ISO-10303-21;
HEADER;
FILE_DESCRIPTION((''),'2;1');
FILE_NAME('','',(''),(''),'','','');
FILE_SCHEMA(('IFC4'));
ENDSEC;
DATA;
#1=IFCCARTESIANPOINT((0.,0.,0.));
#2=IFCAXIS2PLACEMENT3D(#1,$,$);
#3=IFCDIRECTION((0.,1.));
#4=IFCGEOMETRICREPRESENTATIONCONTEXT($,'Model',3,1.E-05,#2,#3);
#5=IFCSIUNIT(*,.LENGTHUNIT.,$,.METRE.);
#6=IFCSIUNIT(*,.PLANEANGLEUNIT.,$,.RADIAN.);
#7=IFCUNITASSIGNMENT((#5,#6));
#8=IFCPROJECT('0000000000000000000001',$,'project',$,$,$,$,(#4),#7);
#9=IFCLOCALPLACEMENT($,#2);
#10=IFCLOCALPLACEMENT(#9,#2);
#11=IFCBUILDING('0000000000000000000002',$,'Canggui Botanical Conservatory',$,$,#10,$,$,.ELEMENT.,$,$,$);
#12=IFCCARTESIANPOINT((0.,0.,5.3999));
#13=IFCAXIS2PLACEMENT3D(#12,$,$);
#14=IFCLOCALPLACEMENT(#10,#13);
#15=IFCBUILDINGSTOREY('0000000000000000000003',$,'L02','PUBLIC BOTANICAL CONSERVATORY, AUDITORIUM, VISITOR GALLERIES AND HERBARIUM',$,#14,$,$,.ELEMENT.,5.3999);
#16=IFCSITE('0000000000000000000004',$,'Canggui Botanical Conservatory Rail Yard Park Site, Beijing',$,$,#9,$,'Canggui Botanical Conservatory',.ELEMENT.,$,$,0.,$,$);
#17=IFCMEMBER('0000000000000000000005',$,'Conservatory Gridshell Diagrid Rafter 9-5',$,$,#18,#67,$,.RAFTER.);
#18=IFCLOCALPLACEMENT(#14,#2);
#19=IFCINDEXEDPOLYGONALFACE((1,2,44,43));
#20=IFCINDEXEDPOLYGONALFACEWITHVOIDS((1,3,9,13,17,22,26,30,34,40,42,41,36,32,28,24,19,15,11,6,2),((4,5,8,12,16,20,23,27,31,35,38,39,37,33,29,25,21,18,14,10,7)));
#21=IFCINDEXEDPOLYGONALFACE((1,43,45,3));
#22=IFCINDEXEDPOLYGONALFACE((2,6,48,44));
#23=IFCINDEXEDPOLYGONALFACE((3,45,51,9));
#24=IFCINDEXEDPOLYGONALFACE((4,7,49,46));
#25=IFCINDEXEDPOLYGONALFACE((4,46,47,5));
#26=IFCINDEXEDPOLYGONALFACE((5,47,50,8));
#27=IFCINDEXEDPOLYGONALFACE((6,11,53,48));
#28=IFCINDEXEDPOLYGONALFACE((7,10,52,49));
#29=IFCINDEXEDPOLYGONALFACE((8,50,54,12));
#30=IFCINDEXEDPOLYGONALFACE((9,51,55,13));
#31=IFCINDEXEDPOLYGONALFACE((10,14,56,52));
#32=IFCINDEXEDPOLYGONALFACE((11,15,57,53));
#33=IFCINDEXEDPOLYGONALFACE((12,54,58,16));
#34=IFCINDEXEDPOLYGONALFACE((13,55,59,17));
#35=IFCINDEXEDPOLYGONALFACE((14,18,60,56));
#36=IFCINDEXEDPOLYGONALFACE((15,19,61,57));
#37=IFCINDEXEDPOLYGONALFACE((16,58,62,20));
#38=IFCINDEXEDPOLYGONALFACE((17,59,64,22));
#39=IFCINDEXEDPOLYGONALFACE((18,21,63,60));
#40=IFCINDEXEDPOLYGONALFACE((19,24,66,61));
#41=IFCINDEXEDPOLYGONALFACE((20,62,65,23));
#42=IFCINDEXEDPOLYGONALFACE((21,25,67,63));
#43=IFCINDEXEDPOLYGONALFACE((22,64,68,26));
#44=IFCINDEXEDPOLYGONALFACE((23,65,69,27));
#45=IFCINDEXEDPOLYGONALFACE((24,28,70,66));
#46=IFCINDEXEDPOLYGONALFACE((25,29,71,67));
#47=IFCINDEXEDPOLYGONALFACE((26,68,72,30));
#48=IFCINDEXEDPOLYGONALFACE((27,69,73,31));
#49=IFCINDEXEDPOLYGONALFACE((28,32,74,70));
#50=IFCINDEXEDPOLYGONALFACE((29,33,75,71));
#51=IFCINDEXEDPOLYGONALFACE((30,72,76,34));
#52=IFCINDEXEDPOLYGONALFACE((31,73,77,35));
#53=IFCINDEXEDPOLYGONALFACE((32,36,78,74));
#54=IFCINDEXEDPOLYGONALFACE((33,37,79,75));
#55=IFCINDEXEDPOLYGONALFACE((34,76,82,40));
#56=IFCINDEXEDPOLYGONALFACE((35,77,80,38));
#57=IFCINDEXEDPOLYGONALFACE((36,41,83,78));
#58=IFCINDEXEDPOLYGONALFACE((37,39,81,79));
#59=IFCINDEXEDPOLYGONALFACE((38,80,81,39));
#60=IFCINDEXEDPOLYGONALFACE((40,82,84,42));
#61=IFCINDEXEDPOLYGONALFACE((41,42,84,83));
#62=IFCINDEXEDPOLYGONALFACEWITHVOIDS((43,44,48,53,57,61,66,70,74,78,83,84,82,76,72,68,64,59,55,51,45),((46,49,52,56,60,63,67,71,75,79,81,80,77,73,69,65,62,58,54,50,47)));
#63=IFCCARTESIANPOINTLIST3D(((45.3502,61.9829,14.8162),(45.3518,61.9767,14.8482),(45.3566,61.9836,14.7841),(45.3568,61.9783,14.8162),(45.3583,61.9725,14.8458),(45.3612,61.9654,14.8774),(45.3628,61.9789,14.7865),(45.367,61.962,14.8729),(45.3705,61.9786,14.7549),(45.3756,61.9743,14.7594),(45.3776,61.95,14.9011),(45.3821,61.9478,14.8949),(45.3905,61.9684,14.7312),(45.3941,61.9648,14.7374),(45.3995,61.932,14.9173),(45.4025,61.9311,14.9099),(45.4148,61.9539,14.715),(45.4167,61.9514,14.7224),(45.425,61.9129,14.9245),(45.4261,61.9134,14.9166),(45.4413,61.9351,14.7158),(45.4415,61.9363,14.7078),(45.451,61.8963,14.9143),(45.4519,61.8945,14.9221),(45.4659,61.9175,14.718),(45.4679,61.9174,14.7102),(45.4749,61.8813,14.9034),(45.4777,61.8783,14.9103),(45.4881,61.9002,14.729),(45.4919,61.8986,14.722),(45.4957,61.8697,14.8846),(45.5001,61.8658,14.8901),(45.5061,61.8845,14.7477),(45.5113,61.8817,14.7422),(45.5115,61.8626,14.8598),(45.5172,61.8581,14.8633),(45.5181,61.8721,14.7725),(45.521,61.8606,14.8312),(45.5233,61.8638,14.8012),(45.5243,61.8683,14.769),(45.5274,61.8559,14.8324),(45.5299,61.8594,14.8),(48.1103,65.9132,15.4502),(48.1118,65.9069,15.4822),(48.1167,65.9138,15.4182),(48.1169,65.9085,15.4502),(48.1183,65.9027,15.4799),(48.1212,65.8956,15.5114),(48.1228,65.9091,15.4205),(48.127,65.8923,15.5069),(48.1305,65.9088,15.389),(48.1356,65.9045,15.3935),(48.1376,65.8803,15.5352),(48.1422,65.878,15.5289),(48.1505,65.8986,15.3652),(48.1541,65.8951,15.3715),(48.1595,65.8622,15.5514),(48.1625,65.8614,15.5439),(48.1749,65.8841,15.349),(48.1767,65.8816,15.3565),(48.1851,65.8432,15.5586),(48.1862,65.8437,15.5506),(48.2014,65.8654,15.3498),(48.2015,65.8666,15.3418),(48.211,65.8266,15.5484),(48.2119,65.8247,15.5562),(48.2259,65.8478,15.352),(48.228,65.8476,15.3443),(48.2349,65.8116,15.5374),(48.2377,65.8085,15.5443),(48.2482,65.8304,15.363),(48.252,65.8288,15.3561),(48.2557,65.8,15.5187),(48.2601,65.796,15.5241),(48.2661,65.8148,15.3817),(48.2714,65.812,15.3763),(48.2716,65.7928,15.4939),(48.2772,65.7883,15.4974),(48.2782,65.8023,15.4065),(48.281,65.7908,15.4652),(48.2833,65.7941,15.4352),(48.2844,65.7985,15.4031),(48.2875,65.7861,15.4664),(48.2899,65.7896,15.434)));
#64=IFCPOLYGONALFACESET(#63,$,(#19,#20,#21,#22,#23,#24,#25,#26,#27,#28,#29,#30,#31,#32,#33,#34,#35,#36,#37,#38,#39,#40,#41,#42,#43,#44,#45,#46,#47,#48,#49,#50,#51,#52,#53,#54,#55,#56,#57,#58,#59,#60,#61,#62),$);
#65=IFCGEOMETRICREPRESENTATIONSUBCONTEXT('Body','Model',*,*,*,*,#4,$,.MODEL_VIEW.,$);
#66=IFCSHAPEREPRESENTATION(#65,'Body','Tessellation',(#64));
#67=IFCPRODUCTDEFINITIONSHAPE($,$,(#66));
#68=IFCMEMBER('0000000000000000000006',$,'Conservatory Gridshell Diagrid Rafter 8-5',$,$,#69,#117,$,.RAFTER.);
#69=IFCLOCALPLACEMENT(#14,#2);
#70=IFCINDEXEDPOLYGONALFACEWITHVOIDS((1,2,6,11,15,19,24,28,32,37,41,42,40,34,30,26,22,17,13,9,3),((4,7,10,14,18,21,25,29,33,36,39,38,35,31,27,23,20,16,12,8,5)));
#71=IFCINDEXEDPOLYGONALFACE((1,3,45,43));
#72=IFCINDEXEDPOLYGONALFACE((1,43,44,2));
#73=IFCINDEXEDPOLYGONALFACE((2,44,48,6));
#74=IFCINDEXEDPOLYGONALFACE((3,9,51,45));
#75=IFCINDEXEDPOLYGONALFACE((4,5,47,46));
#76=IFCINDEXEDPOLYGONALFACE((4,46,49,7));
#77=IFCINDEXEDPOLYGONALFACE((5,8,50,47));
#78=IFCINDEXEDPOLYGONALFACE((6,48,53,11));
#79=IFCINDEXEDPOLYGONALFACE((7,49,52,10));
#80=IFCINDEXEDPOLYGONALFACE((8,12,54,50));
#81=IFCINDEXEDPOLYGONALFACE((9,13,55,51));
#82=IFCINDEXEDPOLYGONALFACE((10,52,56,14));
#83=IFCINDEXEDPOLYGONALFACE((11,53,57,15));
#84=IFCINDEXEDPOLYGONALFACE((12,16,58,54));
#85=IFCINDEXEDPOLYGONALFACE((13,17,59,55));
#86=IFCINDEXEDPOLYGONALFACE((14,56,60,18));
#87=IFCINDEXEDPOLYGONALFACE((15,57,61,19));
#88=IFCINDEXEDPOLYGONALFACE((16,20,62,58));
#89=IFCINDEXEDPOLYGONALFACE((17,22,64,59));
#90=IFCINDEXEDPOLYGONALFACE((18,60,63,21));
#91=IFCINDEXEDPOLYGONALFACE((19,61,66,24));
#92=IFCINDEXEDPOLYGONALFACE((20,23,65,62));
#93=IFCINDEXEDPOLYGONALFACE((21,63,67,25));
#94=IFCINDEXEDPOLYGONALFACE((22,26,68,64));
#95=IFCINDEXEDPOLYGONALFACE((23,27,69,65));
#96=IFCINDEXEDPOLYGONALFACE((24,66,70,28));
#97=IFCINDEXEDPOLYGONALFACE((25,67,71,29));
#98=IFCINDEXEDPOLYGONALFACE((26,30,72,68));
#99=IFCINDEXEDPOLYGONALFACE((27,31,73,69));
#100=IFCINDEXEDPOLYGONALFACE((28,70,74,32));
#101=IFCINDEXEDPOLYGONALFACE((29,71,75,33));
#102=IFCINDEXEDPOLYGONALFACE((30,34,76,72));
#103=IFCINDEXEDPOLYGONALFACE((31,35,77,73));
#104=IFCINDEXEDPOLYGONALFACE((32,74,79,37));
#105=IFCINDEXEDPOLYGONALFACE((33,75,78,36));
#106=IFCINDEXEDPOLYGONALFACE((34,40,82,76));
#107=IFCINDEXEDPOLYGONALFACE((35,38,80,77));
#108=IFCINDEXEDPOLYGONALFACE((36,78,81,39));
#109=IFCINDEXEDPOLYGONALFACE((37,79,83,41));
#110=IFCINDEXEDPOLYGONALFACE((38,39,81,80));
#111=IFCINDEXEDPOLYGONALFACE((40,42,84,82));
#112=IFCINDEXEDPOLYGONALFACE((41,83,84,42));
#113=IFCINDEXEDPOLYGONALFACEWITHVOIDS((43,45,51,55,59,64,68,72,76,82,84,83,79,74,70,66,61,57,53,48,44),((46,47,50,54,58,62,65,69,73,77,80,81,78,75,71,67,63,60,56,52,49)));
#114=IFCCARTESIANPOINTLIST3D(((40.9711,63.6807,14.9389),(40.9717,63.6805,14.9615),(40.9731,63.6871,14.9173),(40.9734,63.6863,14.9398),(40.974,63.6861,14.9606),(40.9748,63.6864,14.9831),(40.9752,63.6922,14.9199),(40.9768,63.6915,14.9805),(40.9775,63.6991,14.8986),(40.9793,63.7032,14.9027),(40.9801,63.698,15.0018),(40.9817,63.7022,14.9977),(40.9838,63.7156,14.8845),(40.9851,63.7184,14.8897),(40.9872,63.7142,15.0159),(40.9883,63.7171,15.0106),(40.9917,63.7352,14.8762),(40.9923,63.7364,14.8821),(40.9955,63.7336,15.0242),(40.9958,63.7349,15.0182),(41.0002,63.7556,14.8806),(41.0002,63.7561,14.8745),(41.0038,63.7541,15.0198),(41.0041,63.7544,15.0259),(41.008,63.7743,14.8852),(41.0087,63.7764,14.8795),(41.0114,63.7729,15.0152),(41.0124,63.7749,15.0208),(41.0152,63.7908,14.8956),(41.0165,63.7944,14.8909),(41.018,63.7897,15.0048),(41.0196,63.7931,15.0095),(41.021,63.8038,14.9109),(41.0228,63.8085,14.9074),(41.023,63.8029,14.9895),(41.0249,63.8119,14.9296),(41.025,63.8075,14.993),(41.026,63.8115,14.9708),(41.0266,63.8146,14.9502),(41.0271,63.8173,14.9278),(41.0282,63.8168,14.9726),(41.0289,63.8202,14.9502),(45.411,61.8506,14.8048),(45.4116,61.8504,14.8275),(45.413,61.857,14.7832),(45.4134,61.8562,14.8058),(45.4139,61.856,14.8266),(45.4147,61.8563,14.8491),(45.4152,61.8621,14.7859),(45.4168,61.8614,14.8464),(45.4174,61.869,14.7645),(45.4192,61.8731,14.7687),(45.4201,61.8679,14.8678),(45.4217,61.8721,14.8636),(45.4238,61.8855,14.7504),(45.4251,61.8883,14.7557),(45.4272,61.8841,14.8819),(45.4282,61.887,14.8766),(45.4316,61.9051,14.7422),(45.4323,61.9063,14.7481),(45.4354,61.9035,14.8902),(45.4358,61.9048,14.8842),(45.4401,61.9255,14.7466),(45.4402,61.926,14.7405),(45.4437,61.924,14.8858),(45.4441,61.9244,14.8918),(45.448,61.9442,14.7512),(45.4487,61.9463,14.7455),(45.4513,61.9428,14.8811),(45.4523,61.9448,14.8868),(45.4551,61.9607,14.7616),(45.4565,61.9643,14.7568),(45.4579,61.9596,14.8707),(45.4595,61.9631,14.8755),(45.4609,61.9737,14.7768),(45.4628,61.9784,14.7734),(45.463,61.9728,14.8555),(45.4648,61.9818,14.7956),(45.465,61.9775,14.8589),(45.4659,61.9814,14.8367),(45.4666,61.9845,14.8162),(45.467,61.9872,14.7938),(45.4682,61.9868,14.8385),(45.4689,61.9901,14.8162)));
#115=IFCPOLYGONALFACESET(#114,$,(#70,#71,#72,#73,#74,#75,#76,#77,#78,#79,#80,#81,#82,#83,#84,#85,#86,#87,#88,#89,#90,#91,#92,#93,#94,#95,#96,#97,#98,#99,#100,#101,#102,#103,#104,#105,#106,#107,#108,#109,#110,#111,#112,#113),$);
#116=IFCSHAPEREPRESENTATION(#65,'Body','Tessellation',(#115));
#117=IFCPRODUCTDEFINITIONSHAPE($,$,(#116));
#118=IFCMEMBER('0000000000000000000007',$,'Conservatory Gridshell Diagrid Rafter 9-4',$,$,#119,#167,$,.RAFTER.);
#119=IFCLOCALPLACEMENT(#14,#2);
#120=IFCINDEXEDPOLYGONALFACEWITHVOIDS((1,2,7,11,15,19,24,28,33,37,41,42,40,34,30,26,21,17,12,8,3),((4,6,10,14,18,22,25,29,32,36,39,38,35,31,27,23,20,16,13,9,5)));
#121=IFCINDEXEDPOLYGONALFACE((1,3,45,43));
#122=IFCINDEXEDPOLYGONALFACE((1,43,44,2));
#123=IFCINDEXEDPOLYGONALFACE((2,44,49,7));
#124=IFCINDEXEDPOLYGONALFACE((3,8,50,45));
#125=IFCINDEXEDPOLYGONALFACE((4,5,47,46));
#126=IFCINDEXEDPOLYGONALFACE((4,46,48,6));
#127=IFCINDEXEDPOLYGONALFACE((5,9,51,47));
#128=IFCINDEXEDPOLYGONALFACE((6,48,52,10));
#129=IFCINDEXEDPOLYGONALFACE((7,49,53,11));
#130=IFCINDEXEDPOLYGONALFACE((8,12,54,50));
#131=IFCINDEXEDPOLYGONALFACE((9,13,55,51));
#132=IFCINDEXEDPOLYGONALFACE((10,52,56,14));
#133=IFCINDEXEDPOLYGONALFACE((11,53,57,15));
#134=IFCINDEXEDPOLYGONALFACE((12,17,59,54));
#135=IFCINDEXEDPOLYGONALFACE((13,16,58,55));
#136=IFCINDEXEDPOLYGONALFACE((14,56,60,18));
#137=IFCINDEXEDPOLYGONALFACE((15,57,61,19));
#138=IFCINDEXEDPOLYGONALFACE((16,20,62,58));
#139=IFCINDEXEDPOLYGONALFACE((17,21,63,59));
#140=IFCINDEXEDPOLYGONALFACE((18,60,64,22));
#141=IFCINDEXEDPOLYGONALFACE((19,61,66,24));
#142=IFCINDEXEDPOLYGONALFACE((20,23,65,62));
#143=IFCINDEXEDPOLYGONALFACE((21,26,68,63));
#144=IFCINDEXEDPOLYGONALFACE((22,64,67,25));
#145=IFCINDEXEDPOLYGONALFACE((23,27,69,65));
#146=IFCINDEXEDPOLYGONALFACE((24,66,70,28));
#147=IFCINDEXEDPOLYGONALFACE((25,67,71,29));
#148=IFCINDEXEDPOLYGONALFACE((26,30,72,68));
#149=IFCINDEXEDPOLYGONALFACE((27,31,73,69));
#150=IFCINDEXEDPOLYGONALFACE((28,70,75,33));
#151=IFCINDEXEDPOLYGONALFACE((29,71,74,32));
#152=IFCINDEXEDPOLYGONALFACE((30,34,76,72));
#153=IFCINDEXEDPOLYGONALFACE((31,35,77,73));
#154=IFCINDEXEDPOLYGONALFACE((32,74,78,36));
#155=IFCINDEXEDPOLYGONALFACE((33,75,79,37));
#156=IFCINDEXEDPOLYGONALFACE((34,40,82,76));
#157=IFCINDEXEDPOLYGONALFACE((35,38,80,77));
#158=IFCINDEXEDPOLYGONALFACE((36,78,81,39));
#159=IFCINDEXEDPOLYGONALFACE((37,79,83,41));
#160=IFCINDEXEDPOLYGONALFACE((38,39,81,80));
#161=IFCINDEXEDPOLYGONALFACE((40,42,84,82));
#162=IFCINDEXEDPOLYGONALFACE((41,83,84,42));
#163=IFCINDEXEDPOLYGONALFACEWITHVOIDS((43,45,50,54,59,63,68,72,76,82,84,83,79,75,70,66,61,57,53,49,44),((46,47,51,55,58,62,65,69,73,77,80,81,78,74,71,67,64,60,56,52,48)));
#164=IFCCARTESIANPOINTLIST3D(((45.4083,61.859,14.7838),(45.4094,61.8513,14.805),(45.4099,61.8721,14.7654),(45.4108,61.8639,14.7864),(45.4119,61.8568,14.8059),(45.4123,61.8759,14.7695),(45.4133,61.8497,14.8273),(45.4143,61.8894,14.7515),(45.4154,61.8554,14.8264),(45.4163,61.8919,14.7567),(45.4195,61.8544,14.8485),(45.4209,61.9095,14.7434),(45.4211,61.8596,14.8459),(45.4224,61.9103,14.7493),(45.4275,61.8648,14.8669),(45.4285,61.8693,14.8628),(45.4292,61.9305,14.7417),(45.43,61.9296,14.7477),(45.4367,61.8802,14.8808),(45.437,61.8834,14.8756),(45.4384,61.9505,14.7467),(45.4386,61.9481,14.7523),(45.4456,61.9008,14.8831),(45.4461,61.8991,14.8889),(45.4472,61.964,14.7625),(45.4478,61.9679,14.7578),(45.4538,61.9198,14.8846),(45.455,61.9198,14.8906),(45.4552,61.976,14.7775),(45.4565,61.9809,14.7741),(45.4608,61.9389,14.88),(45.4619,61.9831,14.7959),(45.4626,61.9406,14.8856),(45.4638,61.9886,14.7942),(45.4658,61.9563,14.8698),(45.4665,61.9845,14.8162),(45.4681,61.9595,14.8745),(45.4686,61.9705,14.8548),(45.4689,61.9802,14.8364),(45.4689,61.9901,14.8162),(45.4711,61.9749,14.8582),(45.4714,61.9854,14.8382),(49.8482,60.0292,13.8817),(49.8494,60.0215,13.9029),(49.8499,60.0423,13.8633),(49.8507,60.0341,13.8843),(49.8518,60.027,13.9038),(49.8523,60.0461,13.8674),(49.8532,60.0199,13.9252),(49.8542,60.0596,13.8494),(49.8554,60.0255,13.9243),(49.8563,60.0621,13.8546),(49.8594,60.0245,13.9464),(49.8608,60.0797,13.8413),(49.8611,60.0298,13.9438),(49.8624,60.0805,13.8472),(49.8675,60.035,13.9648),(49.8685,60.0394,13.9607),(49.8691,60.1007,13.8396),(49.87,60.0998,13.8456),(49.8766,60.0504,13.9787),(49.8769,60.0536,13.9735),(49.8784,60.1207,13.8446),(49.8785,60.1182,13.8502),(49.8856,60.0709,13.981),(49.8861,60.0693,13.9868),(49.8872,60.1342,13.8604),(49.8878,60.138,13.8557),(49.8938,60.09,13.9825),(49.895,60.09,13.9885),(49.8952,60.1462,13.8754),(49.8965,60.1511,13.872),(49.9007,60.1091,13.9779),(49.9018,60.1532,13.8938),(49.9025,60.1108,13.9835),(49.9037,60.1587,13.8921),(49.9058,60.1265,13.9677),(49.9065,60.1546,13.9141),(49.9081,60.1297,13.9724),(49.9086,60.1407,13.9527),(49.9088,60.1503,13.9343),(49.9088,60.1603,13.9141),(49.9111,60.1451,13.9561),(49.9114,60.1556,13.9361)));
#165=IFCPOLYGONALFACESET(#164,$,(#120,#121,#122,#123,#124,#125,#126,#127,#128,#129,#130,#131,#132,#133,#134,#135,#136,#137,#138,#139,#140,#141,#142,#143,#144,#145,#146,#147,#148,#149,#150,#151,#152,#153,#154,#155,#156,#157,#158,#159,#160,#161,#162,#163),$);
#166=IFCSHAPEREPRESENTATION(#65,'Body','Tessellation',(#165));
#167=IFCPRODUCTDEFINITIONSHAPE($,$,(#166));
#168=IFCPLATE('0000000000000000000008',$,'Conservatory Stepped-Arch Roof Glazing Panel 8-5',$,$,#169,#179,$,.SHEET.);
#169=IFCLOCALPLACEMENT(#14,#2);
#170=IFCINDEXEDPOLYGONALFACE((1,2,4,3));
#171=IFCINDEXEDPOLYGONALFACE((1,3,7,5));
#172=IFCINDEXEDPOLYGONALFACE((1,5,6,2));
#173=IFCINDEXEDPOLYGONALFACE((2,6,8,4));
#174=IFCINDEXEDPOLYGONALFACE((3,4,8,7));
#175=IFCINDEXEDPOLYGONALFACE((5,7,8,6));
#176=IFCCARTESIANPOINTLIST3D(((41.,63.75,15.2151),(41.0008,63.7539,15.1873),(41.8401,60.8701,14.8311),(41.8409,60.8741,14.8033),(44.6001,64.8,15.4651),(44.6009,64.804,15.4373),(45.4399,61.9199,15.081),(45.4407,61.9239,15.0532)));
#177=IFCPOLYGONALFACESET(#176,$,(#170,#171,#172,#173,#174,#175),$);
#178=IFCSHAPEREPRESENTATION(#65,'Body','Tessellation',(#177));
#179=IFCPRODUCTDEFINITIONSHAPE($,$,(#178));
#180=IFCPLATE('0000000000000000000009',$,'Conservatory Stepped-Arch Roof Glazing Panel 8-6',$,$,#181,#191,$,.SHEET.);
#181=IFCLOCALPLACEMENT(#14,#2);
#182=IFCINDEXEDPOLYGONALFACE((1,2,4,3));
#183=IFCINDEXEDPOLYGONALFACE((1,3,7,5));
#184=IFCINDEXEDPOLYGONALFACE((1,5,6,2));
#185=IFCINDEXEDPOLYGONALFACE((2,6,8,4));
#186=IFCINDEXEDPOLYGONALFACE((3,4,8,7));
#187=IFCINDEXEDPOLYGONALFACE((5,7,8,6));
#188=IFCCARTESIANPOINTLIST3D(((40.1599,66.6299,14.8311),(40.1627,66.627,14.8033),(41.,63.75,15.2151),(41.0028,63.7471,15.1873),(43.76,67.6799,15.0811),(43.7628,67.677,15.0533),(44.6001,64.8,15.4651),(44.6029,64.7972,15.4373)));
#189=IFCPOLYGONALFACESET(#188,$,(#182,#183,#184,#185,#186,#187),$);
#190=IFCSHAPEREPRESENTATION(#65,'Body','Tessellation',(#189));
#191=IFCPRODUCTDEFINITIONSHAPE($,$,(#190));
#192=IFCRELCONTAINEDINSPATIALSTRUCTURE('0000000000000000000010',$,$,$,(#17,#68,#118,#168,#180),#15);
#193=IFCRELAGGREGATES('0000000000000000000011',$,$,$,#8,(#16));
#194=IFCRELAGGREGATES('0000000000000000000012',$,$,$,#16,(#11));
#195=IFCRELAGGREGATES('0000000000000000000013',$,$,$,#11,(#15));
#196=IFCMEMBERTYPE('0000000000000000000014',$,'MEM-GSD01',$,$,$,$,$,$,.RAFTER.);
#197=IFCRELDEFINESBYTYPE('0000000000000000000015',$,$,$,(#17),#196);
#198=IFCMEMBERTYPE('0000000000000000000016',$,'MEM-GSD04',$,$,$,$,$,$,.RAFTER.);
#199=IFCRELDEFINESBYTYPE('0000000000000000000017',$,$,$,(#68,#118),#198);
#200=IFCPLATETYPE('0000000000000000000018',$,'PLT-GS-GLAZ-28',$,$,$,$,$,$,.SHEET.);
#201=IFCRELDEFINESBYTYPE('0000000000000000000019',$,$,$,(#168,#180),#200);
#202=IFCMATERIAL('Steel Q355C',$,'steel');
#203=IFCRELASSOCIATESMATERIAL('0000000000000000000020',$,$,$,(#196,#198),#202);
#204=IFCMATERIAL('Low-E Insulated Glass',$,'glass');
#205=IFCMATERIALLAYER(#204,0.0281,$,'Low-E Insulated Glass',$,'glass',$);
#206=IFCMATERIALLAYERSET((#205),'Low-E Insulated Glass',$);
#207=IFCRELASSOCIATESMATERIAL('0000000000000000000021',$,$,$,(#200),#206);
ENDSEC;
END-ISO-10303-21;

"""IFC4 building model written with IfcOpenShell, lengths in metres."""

from ifc_helpers import new_model, si_unit, direction, frame, origin, origin_2d, place, context, subcontext, project, spatial, polyline, hollow_circle, outline, extrude, material, layer, layer_set, material_profile, profile_set, type_object, element, save


model = new_model("IFC4")

# Units and contexts
model_context = context("Model", 3, precision=1e-05, world=origin(), true_north=direction((0.0, 1.0)))
body_context = subcontext(model_context, "Body", "Model", "MODEL_VIEW")
ifc_project = project(units=[si_unit("LENGTHUNIT", "METRE"), si_unit("PLANEANGLEUNIT", "RADIAN")], contexts=[model_context])

# Site, building, storey
site_placement = place(None, origin())
site = spatial("IfcSite", under=ifc_project, at=site_placement, Name="Canggui Botanical Conservatory Rail Yard Park Site, Beijing", LongName="Canggui Botanical Conservatory", CompositionType="ELEMENT", RefElevation=0.0)
building_placement = place(site_placement, origin())
building = spatial("IfcBuilding", under=site, at=building_placement, Name="Canggui Botanical Conservatory", CompositionType="ELEMENT")
storey_placement = place(building_placement, frame((0.0, 0.0, 5.3999)))
storey = spatial("IfcBuildingStorey", under=building, at=storey_placement, Name="L02", Description="PUBLIC BOTANICAL CONSERVATORY, AUDITORIUM, VISITOR GALLERIES AND HERBARIUM", CompositionType="ELEMENT", Elevation=5.3999)

# Shared definitions
ifc_material_1 = material(Name="Steel Q355C", Category="steel")

# Members
ifc_material_profile_1 = material_profile(ifc_material_1, hollow_circle(Radius=0.1096, WallThickness=0.0081, at=origin_2d()), Name="CHS 219x8")
ifc_profile_set_1 = profile_set([ifc_material_profile_1], Name="Steel Q355C")
member_type_1 = type_object("IfcMemberType", Name="MEM-GSD01", PredefinedType="RAFTER", material=ifc_profile_set_1)
member_1_placement = place(storey_placement, frame((45.4399, 61.9199, 14.8162), z_axis=(0.56976, 0.811322, 0.130886), x_axis=(-0.818362, 0.574704, 0.0)))
element("IfcMember", 1, at=member_1_placement, inside=storey, type_object=member_type_1, Name="Conservatory Gridshell Diagrid Rafter 9-5", PredefinedType="RAFTER", context=body_context, shape_type="SweptSolid", body=[
    extrude(hollow_circle(Radius=0.1096, WallThickness=0.0081, at=origin_2d()), origin(), (0.0, 0.0, 1.0), 4.8442),
])
ifc_material_profile_2 = material_profile(ifc_material_1, hollow_circle(Radius=0.0759, WallThickness=0.0061, at=origin_2d()), Name="CHS 152x6")
ifc_profile_set_2 = profile_set([ifc_material_profile_2], Name="Steel Q355C")
member_type_2 = type_object("IfcMemberType", Name="MEM-GSD04", PredefinedType="RAFTER", material=ifc_profile_set_2)
member_2_placement = place(storey_placement, frame((41.0, 63.75, 14.9502), z_axis=(0.924181, -0.380934, -0.027899), x_axis=(0.381082, 0.924541, 0.0)))
element("IfcMember", 2, at=member_2_placement, inside=storey, type_object=member_type_2, Name="Conservatory Gridshell Diagrid Rafter 8-5", PredefinedType="RAFTER", context=body_context, shape_type="SweptSolid", body=[
    extrude(hollow_circle(Radius=0.0759, WallThickness=0.0061, at=origin_2d()), origin(), (0.0, 0.0, 1.0), 4.8042),
])
member_3_placement = place(storey_placement, frame((45.4399, 61.9199, 14.8162), z_axis=(0.908666, -0.374489, -0.184621), x_axis=(0.381039, 0.924559, 0.0)))
element("IfcMember", 3, at=member_3_placement, inside=storey, type_object=member_type_2, Name="Conservatory Gridshell Diagrid Rafter 9-4", PredefinedType="RAFTER", context=body_context, shape_type="SweptSolid", body=[
    extrude(hollow_circle(Radius=0.0759, WallThickness=0.0061, at=origin_2d()), origin(), (0.0, 0.0, 1.0), 4.8862),
])

# Plates
ifc_material_2 = material(Name="Low-E Insulated Glass", Category="glass")
ifc_layer = layer(ifc_material_2, 0.0281, Name="Low-E Insulated Glass", Category="glass")
ifc_layer_set = layer_set([ifc_layer], Name="Low-E Insulated Glass")
plate_type = type_object("IfcPlateType", Name="PLT-GS-GLAZ-28", PredefinedType="SHEET", material=ifc_layer_set)
plate_1_placement = place(storey_placement, frame((41.8401, 60.8701, 14.8311), z_axis=(-0.027871, -0.140106, 0.989744), x_axis=(0.957885, 0.279343, 0.066517)))
element("IfcPlate", 4, at=plate_1_placement, inside=storey, type_object=plate_type, Name="Conservatory Stepped-Arch Roof Glazing Panel 8-5", PredefinedType="SHEET", context=body_context, shape_type="SweptSolid", body=[
    extrude(outline(polyline([(0.0, 0.0), (3.7581, 0.0), (3.7837, 3.0244), (0.0253, 3.0243), (0.0, 0.0)])), origin(), (0.0, 0.0, -1.0), 0.0281),
])
plate_2_placement = place(storey_placement, frame((41.0, 63.75, 15.2151), z_axis=(-0.098818, 0.103156, 0.989744), x_axis=(0.957872, 0.279385, 0.066517)))
element("IfcPlate", 5, at=plate_2_placement, inside=storey, type_object=plate_type, Name="Conservatory Stepped-Arch Roof Glazing Panel 8-6", PredefinedType="SHEET", context=body_context, shape_type="SweptSolid", body=[
    extrude(outline(polyline([(0.0, 0.0), (3.7584, 0.0), (3.7328, 3.0243), (-0.0256, 3.0243), (0.0, 0.0)])), origin(), (0.0, 0.0, -1.0), 0.0281),
])

save(model, "model.ifc")
